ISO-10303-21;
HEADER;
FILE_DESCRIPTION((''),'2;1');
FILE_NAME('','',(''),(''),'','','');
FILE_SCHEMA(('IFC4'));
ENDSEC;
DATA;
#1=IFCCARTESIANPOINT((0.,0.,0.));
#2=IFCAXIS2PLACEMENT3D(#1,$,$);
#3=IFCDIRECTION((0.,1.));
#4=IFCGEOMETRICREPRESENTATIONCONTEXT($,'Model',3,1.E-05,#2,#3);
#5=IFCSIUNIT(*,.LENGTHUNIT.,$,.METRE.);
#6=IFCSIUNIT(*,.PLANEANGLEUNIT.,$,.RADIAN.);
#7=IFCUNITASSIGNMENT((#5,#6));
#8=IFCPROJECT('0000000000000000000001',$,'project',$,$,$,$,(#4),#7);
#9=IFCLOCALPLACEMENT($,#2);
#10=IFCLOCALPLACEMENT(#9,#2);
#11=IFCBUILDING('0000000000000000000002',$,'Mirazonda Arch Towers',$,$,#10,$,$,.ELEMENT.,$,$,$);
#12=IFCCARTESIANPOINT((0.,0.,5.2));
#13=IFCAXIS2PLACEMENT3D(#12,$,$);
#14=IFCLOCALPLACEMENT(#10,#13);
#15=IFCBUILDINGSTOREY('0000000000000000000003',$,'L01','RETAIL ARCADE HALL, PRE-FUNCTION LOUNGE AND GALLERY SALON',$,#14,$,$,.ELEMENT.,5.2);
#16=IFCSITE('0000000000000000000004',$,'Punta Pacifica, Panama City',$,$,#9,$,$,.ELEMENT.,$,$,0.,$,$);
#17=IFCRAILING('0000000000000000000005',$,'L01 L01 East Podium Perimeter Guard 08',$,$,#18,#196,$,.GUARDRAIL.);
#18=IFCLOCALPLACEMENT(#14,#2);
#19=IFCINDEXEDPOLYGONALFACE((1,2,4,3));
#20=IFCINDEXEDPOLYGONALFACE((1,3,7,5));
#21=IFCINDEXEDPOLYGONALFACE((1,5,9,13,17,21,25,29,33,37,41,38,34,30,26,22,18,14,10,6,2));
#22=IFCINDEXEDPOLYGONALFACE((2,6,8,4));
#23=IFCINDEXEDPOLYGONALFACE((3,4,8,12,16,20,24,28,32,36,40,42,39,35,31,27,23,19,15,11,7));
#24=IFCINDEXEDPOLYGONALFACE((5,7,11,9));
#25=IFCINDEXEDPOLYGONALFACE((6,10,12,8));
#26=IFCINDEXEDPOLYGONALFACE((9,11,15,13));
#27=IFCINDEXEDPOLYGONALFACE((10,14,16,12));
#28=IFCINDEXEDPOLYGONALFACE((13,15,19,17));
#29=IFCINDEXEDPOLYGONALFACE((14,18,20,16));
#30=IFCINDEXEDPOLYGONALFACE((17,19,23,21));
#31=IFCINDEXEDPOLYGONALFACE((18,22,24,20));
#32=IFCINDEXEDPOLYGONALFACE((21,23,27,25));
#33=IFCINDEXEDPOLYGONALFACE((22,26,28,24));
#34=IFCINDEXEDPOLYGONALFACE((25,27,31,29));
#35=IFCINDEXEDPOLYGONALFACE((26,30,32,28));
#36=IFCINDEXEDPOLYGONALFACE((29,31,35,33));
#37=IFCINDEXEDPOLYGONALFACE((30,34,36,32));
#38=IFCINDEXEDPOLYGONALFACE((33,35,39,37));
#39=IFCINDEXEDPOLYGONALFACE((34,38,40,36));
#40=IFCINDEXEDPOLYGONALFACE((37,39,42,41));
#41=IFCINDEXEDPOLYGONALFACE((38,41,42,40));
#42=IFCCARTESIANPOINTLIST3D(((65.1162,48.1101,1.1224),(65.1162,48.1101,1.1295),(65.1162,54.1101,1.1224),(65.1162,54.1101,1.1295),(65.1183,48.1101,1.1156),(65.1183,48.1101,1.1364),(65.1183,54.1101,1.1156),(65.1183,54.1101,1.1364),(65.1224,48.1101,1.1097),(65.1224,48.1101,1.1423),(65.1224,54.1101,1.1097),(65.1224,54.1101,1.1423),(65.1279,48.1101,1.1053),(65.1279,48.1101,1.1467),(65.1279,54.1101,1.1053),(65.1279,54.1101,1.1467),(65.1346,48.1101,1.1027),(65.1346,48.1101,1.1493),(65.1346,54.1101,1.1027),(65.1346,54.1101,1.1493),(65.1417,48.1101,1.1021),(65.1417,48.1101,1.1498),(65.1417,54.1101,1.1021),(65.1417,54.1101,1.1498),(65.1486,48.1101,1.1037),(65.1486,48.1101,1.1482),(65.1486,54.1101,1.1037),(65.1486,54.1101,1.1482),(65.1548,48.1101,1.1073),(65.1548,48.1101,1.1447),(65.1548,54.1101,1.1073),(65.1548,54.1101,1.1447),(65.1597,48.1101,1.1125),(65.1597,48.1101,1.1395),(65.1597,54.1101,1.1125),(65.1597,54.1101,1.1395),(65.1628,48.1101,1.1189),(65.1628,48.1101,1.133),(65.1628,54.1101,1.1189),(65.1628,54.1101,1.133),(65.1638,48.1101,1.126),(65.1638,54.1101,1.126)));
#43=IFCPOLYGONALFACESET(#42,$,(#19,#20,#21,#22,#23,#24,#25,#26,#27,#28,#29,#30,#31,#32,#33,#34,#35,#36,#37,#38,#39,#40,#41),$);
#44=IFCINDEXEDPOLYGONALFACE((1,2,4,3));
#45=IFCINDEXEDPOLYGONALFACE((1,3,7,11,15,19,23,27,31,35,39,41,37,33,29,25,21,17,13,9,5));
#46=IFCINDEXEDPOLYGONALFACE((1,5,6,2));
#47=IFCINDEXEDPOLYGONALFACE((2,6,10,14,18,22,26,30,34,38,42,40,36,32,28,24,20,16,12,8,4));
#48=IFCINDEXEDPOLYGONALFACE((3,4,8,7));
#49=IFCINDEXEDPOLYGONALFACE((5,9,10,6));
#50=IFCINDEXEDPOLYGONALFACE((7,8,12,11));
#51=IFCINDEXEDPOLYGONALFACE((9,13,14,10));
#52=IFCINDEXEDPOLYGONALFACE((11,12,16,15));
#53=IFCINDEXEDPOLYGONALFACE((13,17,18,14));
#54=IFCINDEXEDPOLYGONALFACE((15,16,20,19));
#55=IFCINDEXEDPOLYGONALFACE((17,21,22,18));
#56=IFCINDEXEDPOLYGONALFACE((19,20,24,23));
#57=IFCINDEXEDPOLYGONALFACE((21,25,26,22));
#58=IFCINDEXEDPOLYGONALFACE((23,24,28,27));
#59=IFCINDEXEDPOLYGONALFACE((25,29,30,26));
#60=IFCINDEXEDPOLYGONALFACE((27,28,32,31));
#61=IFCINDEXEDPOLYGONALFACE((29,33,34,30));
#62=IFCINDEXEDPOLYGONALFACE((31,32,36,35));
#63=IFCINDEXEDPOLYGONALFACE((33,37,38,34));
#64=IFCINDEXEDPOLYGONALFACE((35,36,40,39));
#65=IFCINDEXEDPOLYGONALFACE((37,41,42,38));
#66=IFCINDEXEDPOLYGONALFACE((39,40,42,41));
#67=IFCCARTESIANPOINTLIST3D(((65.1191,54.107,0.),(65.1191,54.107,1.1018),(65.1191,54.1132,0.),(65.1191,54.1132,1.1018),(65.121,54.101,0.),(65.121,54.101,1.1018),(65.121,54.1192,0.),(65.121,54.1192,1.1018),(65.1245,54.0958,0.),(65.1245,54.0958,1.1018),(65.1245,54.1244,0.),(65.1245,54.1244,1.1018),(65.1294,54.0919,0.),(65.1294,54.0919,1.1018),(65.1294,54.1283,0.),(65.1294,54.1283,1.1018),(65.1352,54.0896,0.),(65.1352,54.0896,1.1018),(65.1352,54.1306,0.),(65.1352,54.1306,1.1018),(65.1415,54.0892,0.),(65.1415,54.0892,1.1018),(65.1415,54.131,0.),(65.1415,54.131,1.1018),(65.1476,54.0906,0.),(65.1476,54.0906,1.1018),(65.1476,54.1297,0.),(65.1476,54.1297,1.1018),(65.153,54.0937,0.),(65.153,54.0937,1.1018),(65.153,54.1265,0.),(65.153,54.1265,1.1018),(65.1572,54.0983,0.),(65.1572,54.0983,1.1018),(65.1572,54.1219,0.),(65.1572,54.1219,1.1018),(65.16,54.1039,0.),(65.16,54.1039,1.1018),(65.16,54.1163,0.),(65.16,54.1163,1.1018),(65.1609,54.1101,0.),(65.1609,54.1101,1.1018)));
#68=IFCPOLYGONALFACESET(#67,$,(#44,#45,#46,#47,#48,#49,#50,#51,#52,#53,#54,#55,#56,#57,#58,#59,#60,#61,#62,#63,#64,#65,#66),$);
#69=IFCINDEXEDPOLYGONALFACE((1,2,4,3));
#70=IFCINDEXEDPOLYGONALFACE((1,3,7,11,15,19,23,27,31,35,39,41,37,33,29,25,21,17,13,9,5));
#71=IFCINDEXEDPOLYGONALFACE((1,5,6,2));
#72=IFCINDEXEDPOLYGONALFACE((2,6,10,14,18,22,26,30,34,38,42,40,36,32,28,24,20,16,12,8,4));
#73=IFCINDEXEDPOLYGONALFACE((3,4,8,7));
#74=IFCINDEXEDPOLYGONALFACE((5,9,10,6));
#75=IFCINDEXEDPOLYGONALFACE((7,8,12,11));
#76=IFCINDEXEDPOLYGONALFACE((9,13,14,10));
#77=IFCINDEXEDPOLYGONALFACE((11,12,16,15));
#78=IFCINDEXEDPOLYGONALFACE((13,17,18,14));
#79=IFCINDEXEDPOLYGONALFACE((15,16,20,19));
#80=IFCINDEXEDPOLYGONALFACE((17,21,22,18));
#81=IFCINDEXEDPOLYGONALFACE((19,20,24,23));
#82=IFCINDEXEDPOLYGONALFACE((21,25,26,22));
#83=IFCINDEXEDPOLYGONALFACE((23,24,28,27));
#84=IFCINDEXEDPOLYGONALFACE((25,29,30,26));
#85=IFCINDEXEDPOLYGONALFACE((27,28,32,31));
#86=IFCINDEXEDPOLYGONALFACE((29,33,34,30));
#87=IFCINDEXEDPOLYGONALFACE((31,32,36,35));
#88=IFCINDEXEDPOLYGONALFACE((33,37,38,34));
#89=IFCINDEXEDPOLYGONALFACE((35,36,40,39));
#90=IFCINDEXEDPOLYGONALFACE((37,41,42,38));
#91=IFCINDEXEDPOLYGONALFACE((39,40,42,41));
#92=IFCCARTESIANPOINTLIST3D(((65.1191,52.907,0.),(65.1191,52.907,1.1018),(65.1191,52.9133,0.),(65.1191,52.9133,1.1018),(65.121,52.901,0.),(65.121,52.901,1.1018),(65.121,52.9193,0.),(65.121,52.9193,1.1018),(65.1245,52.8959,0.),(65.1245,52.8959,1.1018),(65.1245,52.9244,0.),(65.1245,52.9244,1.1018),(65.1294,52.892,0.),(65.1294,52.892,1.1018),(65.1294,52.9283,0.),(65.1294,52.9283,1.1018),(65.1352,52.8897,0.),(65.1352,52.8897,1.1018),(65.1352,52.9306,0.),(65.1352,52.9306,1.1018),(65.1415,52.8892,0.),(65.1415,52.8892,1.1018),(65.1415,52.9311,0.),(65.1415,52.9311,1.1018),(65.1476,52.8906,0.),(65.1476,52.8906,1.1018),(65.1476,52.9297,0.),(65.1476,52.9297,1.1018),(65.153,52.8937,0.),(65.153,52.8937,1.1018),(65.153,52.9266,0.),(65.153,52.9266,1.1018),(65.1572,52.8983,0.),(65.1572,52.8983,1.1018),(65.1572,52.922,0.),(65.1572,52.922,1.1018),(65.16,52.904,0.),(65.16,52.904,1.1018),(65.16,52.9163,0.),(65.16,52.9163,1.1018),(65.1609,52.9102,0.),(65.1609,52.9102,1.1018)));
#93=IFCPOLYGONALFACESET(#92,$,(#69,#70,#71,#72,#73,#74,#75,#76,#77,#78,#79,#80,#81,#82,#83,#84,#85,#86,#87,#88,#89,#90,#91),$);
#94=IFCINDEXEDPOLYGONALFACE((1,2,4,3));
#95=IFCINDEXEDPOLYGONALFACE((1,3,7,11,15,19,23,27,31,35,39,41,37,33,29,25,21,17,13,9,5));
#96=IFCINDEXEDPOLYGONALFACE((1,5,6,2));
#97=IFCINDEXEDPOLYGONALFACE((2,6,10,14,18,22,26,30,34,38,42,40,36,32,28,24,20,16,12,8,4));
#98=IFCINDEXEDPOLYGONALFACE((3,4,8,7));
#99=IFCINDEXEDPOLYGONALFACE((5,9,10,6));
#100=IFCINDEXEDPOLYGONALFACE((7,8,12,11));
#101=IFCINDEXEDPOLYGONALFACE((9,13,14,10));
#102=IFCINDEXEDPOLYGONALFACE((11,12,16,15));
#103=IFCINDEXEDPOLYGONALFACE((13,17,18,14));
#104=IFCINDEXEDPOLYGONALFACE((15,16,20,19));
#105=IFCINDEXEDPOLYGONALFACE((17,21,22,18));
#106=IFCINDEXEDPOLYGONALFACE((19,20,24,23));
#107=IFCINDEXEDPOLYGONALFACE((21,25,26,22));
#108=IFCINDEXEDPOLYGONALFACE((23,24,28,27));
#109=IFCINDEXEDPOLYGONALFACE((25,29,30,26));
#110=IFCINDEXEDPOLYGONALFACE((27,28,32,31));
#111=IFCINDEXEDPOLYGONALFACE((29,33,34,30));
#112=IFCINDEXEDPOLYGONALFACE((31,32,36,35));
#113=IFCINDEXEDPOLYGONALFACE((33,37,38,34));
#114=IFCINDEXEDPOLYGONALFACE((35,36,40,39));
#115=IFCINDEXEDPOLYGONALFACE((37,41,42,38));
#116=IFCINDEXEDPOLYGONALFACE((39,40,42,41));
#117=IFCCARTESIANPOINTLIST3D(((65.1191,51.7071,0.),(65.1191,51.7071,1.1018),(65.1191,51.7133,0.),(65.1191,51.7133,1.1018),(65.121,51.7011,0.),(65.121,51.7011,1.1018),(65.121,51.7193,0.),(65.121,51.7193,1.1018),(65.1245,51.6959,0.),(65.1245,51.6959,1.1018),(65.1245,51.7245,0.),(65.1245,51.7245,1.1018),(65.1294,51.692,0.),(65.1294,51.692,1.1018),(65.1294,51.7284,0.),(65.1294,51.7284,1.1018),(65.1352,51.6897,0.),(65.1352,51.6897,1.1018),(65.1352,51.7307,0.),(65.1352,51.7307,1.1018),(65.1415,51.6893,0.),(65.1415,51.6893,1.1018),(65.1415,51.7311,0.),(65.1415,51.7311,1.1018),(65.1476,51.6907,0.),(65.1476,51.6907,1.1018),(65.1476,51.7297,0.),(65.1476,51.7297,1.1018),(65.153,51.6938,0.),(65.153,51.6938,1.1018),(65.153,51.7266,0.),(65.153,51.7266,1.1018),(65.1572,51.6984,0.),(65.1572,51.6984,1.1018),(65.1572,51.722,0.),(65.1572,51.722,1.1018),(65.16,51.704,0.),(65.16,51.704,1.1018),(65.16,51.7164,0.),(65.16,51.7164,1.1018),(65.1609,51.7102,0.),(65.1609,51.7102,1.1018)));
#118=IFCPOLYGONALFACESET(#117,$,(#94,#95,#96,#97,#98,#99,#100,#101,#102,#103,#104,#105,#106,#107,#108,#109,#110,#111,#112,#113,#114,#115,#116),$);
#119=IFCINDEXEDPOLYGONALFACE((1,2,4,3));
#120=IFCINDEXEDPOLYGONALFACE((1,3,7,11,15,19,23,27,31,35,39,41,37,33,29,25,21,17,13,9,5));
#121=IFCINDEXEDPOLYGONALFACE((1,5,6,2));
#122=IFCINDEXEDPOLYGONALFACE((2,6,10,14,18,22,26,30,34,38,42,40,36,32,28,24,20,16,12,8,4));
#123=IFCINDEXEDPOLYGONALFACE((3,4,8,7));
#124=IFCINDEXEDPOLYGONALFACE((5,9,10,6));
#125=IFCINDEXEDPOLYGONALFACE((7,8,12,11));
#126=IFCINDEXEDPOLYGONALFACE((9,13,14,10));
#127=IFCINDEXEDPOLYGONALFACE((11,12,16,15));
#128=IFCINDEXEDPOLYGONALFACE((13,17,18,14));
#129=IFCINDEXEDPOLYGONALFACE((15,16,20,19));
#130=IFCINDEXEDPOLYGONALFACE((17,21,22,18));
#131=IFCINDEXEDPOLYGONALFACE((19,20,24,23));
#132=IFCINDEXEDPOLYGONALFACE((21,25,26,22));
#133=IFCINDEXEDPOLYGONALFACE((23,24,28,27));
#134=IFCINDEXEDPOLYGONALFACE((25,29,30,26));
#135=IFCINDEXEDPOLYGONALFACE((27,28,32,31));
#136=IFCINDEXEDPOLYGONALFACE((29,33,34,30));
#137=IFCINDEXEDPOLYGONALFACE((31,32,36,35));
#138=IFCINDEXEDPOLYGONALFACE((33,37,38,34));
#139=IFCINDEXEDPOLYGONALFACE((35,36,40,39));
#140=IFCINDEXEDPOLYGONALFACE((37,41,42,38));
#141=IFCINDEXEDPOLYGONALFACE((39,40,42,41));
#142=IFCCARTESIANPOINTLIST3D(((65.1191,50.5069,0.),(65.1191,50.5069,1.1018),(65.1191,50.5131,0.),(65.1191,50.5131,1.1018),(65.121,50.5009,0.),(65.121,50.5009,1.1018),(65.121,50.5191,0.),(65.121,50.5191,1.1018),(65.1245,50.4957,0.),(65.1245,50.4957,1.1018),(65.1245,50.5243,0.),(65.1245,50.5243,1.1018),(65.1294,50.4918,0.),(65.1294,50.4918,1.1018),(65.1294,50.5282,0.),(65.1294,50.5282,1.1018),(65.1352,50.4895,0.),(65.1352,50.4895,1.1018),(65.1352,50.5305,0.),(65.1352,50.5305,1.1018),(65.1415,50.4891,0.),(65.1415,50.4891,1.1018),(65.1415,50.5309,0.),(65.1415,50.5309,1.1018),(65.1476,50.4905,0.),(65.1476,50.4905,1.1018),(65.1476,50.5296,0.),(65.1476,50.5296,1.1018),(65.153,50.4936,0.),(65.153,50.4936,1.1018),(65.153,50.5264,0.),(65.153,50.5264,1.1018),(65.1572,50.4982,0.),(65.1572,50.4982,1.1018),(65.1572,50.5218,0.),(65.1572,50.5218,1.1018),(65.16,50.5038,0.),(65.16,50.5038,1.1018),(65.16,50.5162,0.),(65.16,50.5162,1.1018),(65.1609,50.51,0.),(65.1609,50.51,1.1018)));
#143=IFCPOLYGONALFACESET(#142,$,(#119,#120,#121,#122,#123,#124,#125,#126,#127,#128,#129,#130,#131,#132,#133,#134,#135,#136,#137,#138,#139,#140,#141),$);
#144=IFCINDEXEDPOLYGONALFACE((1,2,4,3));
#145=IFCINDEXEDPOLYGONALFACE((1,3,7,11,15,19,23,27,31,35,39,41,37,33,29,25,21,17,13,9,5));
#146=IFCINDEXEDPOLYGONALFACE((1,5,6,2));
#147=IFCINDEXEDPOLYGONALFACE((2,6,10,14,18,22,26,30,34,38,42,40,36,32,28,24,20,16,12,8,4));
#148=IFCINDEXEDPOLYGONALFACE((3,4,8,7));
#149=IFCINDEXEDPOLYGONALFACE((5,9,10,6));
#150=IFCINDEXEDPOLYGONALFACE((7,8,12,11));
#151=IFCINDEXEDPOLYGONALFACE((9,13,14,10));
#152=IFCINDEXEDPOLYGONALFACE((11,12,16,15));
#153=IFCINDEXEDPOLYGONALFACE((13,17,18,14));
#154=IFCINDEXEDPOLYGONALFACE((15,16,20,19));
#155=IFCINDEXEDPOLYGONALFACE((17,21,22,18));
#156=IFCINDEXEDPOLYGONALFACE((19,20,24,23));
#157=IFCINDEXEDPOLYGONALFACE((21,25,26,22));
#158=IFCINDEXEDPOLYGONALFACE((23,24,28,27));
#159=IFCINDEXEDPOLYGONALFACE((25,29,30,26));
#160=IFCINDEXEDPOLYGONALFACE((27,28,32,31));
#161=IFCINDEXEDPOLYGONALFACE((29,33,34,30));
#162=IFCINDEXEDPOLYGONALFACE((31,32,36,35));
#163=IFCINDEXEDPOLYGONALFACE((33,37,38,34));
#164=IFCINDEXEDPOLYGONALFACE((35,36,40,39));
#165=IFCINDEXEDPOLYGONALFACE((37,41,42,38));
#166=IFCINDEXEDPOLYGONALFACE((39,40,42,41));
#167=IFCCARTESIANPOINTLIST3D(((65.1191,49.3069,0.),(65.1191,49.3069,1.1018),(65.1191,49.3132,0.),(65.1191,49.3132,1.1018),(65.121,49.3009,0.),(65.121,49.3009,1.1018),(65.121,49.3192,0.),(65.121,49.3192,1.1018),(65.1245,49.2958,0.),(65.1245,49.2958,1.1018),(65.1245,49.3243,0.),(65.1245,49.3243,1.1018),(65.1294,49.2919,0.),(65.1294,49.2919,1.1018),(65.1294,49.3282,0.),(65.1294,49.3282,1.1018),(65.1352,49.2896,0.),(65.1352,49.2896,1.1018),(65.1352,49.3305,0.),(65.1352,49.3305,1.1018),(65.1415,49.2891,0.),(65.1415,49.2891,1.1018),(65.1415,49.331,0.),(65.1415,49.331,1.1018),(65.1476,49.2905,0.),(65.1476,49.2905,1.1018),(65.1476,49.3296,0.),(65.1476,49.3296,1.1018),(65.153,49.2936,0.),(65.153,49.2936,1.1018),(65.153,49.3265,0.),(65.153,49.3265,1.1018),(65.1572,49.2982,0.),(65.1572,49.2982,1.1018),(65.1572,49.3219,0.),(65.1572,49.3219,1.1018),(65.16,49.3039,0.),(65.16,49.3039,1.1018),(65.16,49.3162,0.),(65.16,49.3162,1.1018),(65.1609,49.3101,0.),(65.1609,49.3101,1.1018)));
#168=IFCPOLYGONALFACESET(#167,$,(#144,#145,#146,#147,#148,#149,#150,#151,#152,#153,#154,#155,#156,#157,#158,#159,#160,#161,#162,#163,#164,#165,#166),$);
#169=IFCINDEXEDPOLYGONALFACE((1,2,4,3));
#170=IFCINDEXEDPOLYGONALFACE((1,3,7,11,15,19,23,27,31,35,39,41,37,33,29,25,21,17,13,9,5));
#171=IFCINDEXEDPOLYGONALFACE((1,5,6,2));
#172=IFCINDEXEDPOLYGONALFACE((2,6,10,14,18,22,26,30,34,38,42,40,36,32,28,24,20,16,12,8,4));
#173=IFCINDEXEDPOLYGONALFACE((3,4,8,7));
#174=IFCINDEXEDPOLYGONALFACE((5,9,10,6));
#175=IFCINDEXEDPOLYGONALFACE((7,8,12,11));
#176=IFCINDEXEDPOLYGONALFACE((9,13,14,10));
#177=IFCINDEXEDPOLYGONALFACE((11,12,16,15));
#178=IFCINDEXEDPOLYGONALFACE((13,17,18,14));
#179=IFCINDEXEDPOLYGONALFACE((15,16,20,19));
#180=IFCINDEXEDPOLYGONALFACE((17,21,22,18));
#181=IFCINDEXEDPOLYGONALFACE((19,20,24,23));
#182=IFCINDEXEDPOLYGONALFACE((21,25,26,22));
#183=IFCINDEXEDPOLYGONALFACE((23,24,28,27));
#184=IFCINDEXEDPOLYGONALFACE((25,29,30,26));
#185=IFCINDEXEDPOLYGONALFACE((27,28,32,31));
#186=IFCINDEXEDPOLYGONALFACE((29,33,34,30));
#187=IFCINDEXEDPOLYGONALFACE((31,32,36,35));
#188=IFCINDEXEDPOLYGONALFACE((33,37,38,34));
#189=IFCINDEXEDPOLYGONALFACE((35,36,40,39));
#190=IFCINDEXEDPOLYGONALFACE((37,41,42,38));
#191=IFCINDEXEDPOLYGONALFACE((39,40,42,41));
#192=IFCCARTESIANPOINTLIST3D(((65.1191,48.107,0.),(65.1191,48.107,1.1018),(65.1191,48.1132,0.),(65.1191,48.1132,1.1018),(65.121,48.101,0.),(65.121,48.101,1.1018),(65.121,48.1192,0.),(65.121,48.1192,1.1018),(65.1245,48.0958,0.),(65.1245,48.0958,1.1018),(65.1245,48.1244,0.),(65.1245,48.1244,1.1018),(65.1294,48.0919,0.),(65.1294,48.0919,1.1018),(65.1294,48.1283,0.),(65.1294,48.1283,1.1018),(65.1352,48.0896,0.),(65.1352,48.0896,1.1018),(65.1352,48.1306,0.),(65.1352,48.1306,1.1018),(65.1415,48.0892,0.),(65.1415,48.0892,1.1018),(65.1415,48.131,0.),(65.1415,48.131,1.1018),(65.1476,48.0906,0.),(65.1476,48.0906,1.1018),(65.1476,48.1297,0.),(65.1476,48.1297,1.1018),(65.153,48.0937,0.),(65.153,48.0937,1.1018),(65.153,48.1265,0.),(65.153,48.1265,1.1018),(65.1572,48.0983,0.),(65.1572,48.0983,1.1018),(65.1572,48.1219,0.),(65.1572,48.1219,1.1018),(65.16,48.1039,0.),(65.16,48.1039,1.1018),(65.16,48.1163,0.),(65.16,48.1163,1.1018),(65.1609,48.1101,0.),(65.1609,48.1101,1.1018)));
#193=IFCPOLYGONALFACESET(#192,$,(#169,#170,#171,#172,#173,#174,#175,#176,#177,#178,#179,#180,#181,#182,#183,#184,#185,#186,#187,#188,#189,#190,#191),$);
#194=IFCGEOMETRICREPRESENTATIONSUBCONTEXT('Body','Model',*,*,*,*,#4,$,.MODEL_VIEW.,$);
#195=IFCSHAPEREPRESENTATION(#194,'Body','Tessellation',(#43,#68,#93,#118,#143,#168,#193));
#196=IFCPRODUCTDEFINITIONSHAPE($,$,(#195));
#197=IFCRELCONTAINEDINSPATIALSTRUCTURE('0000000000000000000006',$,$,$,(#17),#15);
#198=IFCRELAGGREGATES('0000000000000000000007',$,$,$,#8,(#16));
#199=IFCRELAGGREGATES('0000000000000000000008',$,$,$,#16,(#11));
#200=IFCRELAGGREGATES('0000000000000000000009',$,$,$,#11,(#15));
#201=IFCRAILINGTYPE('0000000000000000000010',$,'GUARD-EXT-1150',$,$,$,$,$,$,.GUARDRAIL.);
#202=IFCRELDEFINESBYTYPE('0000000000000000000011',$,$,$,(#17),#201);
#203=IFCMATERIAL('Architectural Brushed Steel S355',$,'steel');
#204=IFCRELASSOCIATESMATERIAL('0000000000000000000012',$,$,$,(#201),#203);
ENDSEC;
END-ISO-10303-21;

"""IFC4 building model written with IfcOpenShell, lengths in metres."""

from ifc_helpers import new_model, si_unit, direction, frame, origin, origin_2d, place, context, subcontext, project, spatial, circle, extrude, material, type_object, element, save


model = new_model("IFC4")

# Units and contexts
model_context = context("Model", 3, precision=1e-05, world=origin(), true_north=direction((0.0, 1.0)))
body_context = subcontext(model_context, "Body", "Model", "MODEL_VIEW")
ifc_project = project(units=[si_unit("LENGTHUNIT", "METRE"), si_unit("PLANEANGLEUNIT", "RADIAN")], contexts=[model_context])

# Site, building, storey
site_placement = place(None, origin())
site = spatial("IfcSite", under=ifc_project, at=site_placement, Name="Punta Pacifica, Panama City", CompositionType="ELEMENT", RefElevation=0.0)
building_placement = place(site_placement, origin())
building = spatial("IfcBuilding", under=site, at=building_placement, Name="Mirazonda Arch Towers", CompositionType="ELEMENT")
storey_placement = place(building_placement, frame((0.0, 0.0, 5.2)))
storey = spatial("IfcBuildingStorey", under=building, at=storey_placement, Name="L01", Description="RETAIL ARCADE HALL, PRE-FUNCTION LOUNGE AND GALLERY SALON", CompositionType="ELEMENT", Elevation=5.2)

# Railing
ifc_material_1 = material(Name="Architectural Brushed Steel S355", Category="steel")
railing_type = type_object("IfcRailingType", Name="GUARD-EXT-1150", PredefinedType="GUARDRAIL", material=ifc_material_1)
railing_1_placement = place(storey_placement, frame((65.1399, 54.1101, 0.0)))
element("IfcRailing", 1, at=railing_1_placement, inside=storey, type_object=railing_type, Name="L01 L01 East Podium Perimeter Guard 08", PredefinedType="GUARDRAIL", context=body_context, shape_type="SweptSolid", body=[
    extrude(circle(Radius=0.0239, at=origin_2d()), frame((0.0, 0.0, 1.126), z_axis=(0.0, -1.0, 0.0), x_axis=(1.0, 0.0, 0.0)), (0.0, 0.0, 1.0), 6.0),
    extrude(circle(Radius=0.021, at=origin_2d()), origin(), (0.0, 0.0, 1.0), 1.1018),
    extrude(circle(Radius=0.021, at=origin_2d()), frame((0.0, -1.2, 0.0)), (0.0, 0.0, 1.0), 1.1018),
    extrude(circle(Radius=0.021, at=origin_2d()), frame((0.0, -2.3999, 0.0)), (0.0, 0.0, 1.0), 1.1018),
    extrude(circle(Radius=0.021, at=origin_2d()), frame((0.0, -3.6001, 0.0)), (0.0, 0.0, 1.0), 1.1018),
    extrude(circle(Radius=0.021, at=origin_2d()), frame((0.0, -4.8, 0.0)), (0.0, 0.0, 1.0), 1.1018),
    extrude(circle(Radius=0.021, at=origin_2d()), frame((0.0, -6.0, 0.0)), (0.0, 0.0, 1.0), 1.1018),
])

save(model, "model.ifc")
